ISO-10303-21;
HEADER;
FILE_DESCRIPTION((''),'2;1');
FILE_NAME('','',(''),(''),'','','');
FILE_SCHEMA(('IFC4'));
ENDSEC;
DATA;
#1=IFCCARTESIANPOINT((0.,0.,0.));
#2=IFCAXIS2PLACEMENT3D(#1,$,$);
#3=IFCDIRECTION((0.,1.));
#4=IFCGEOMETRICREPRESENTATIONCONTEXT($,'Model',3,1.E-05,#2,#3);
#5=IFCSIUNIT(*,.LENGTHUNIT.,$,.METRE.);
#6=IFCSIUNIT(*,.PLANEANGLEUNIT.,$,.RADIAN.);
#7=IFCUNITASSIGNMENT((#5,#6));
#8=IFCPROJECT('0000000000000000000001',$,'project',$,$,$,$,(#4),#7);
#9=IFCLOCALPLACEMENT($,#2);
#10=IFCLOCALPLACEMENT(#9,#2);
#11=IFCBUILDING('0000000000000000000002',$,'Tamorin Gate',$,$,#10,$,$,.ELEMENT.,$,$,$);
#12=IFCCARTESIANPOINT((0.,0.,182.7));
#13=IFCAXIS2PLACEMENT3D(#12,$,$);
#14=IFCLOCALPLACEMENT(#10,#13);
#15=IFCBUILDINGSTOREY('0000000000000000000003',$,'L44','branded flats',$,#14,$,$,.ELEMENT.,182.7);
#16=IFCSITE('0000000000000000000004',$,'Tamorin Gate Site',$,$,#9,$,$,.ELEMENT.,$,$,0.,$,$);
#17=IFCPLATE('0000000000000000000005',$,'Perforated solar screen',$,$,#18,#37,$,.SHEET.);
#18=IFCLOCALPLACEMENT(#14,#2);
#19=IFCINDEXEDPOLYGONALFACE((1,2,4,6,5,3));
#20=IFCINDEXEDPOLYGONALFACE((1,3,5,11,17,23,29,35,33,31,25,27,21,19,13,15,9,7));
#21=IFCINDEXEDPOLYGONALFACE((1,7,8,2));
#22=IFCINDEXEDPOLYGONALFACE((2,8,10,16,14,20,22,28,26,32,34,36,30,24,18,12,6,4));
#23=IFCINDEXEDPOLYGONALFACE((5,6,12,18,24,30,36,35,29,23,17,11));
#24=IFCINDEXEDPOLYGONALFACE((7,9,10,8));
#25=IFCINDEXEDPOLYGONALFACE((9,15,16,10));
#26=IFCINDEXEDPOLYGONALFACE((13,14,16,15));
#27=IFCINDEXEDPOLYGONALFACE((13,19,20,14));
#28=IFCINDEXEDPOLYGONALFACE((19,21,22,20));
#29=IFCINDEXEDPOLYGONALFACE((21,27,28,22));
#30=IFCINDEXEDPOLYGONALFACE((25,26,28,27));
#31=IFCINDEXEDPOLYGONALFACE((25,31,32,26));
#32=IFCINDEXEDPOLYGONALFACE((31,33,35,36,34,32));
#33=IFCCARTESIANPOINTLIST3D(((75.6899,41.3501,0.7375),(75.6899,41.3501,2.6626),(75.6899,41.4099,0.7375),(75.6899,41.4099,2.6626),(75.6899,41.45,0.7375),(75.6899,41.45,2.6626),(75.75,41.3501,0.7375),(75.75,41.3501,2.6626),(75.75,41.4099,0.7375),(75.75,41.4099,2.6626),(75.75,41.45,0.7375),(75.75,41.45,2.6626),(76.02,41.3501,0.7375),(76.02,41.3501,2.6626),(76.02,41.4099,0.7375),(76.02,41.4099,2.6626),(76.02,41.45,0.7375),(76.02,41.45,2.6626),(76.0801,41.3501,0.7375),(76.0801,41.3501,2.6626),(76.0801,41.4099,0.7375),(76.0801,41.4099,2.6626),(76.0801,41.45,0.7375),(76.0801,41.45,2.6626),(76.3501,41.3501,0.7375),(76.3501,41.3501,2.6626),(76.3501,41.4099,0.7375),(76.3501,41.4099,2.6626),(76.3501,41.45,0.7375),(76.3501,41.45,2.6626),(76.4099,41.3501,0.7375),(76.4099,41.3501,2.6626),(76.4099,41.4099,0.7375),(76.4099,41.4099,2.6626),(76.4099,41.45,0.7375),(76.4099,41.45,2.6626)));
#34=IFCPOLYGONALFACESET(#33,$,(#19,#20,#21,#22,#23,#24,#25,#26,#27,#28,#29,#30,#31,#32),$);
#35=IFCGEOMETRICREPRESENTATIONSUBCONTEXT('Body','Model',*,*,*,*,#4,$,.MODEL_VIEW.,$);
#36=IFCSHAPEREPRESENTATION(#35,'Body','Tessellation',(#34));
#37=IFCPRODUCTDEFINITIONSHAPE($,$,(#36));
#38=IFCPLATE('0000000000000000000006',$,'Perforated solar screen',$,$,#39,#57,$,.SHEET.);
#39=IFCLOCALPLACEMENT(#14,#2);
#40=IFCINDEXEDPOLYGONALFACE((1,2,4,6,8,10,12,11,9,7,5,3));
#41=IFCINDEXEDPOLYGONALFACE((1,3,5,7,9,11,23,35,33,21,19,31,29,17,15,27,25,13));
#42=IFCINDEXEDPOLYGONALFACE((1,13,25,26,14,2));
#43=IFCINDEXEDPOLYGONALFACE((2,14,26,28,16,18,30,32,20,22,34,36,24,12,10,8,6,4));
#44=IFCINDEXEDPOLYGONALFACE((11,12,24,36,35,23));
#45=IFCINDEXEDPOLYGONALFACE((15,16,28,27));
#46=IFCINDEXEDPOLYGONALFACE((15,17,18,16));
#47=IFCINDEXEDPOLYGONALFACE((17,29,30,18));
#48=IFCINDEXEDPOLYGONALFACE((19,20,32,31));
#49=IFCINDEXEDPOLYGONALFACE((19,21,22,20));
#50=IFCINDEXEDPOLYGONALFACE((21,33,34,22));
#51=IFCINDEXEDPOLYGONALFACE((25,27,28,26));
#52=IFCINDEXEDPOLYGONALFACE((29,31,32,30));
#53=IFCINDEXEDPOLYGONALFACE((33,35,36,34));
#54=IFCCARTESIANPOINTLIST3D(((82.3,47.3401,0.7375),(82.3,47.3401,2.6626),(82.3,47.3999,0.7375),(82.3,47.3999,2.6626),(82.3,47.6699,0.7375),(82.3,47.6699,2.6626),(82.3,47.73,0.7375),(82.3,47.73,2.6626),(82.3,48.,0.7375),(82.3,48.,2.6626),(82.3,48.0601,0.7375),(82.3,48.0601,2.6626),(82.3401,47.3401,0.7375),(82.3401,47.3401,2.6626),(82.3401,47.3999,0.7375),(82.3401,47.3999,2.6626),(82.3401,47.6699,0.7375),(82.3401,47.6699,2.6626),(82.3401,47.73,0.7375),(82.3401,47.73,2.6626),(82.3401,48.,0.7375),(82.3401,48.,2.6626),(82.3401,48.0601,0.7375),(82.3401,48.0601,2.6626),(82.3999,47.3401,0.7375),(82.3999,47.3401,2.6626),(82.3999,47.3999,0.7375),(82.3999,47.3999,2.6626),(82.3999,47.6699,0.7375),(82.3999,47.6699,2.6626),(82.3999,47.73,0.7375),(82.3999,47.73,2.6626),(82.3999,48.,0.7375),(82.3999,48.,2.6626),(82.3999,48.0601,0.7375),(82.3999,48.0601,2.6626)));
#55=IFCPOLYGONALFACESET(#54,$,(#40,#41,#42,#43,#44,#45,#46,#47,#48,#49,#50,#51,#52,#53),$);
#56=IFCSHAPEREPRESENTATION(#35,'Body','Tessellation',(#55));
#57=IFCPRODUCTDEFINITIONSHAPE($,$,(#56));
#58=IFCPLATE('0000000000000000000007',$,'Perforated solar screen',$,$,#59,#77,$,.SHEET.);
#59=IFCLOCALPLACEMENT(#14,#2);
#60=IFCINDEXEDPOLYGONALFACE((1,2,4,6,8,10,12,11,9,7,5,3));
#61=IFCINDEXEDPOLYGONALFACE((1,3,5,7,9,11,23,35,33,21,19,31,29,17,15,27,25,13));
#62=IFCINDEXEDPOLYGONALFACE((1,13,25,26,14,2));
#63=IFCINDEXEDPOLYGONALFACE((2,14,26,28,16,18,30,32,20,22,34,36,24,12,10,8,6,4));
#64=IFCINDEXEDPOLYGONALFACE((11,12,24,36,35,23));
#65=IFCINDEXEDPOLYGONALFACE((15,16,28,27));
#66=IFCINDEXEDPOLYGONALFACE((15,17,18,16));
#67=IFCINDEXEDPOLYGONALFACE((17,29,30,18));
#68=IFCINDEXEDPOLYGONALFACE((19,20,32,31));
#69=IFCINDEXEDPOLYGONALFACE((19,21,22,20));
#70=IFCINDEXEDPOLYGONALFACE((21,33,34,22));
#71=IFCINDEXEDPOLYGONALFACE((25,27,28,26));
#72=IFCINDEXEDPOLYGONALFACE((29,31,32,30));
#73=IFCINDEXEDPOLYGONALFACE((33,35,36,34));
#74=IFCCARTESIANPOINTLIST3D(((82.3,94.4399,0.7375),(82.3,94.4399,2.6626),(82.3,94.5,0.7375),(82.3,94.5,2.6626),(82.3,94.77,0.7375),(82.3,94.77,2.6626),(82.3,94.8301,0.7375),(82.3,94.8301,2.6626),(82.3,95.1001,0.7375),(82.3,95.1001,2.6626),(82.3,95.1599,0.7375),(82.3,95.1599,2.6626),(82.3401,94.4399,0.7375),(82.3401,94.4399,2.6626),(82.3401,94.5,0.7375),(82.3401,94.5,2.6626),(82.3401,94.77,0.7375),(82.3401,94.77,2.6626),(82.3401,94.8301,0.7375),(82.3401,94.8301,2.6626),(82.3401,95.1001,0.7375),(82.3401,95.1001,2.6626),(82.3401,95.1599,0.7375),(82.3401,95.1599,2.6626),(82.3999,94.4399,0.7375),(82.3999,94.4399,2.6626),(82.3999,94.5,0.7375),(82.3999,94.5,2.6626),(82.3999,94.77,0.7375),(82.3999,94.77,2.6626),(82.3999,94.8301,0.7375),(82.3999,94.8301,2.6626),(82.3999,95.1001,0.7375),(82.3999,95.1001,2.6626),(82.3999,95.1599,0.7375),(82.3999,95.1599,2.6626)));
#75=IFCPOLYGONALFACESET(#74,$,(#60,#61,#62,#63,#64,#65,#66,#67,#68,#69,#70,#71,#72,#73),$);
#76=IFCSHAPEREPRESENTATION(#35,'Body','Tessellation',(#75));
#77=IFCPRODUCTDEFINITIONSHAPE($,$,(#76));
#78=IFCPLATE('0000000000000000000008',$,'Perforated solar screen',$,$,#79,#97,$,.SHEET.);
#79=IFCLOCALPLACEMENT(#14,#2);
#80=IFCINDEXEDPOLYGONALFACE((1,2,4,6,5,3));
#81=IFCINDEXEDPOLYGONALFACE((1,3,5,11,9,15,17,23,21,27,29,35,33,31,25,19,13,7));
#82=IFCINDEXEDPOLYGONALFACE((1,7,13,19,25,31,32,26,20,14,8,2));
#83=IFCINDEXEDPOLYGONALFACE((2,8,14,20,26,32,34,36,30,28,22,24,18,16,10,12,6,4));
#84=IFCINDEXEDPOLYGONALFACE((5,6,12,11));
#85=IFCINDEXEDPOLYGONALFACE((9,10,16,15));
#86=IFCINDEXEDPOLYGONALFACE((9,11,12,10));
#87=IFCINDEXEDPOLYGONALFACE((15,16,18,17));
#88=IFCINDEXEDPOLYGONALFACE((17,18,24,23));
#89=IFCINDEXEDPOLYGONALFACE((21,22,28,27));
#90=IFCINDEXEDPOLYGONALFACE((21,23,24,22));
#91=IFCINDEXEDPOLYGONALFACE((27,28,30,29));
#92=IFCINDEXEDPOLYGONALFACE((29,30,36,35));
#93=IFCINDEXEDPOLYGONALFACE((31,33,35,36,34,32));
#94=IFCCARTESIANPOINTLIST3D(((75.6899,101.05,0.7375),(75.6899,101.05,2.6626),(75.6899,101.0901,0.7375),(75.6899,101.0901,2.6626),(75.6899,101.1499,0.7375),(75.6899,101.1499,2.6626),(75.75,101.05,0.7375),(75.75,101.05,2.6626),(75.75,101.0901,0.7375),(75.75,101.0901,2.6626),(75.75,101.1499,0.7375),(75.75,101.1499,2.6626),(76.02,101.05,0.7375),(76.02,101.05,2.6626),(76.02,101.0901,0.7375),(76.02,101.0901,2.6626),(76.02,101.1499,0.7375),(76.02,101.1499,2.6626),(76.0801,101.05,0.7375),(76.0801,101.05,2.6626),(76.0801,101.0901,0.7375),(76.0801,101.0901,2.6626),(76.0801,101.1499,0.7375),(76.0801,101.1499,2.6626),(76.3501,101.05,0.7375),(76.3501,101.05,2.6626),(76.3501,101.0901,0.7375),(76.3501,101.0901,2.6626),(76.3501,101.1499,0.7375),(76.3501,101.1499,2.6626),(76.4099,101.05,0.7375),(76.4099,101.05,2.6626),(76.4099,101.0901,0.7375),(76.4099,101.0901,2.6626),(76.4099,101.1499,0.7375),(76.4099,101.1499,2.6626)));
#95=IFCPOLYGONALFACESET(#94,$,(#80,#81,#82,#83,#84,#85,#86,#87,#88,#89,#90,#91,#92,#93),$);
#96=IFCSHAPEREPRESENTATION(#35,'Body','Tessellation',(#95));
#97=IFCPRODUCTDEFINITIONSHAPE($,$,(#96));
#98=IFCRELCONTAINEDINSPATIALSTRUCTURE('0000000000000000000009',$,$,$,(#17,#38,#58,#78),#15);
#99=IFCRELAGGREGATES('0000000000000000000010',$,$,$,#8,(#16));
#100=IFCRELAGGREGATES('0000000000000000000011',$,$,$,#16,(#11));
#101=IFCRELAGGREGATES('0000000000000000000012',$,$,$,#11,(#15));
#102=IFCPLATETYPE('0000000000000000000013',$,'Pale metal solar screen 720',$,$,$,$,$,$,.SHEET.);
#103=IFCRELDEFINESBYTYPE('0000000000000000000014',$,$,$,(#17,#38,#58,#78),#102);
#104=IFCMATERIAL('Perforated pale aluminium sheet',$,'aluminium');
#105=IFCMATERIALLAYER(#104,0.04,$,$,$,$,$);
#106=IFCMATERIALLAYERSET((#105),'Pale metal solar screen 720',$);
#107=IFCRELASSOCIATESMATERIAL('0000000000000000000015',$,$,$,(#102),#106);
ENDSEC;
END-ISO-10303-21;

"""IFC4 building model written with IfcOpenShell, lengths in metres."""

from ifc_helpers import new_model, si_unit, direction, frame, origin, place, context, subcontext, project, spatial, polyline, outline, extrude, material, layer, layer_set, type_object, element, save


model = new_model("IFC4")

# Units and contexts
model_context = context("Model", 3, precision=1e-05, world=origin(), true_north=direction((0.0, 1.0)))
body_context = subcontext(model_context, "Body", "Model", "MODEL_VIEW")
ifc_project = project(units=[si_unit("LENGTHUNIT", "METRE"), si_unit("PLANEANGLEUNIT", "RADIAN")], contexts=[model_context])

# Site, building, storey
site_placement = place(None, origin())
site = spatial("IfcSite", under=ifc_project, at=site_placement, Name="Tamorin Gate Site", CompositionType="ELEMENT", RefElevation=0.0)
building_placement = place(site_placement, origin())
building = spatial("IfcBuilding", under=site, at=building_placement, Name="Tamorin Gate", CompositionType="ELEMENT")
storey_placement = place(building_placement, frame((0.0, 0.0, 182.7)))
storey = spatial("IfcBuildingStorey", under=building, at=storey_placement, Name="L44", Description="branded flats", CompositionType="ELEMENT", Elevation=182.7)

# Plates
ifc_material_1 = material(Name="Perforated pale aluminium sheet", Category="aluminium")
ifc_layer_1 = layer(ifc_material_1, 0.04)
ifc_layer_set_1 = layer_set([ifc_layer_1], Name="Pale metal solar screen 720")
plate_type_1 = type_object("IfcPlateType", Name="Pale metal solar screen 720", PredefinedType="SHEET", material=ifc_layer_set_1)
plate_1_placement = place(storey_placement, frame((0.0, 0.0, 0.7375)))
element("IfcPlate", 1, at=plate_1_placement, inside=storey, type_object=plate_type_1, Name="Perforated solar screen", PredefinedType="SHEET", context=body_context, shape_type="SweptSolid", body=[
    extrude(outline(polyline([(75.6899, 41.4099), (75.6899, 41.45), (75.75, 41.45), (76.02, 41.45), (76.0801, 41.45), (76.3501, 41.45), (76.4099, 41.45), (76.4099, 41.4099), (76.4099, 41.3501), (76.3501, 41.3501), (76.3501, 41.4099), (76.0801, 41.4099), (76.0801, 41.3501), (76.02, 41.3501), (76.02, 41.4099), (75.75, 41.4099), (75.75, 41.3501), (75.6899, 41.3501), (75.6899, 41.4099)])), origin(), (0.0, 0.0, 1.0), 1.925),
])
plate_2_placement = place(storey_placement, frame((0.0, 0.0, 0.7375)))
element("IfcPlate", 2, at=plate_2_placement, inside=storey, type_object=plate_type_1, Name="Perforated solar screen", PredefinedType="SHEET", context=body_context, shape_type="SweptSolid", body=[
    extrude(outline(polyline([(82.3401, 47.3401), (82.3, 47.3401), (82.3, 47.3999), (82.3, 47.6699), (82.3, 47.73), (82.3, 48.0), (82.3, 48.0601), (82.3401, 48.0601), (82.3999, 48.0601), (82.3999, 48.0), (82.3401, 48.0), (82.3401, 47.73), (82.3999, 47.73), (82.3999, 47.6699), (82.3401, 47.6699), (82.3401, 47.3999), (82.3999, 47.3999), (82.3999, 47.3401), (82.3401, 47.3401)])), origin(), (0.0, 0.0, 1.0), 1.925),
])
plate_3_placement = place(storey_placement, frame((0.0, 0.0, 0.7375)))
element("IfcPlate", 3, at=plate_3_placement, inside=storey, type_object=plate_type_1, Name="Perforated solar screen", PredefinedType="SHEET", context=body_context, shape_type="SweptSolid", body=[
    extrude(outline(polyline([(82.3401, 94.4399), (82.3, 94.4399), (82.3, 94.5), (82.3, 94.77), (82.3, 94.8301), (82.3, 95.1001), (82.3, 95.1599), (82.3401, 95.1599), (82.3999, 95.1599), (82.3999, 95.1001), (82.3401, 95.1001), (82.3401, 94.8301), (82.3999, 94.8301), (82.3999, 94.77), (82.3401, 94.77), (82.3401, 94.5), (82.3999, 94.5), (82.3999, 94.4399), (82.3401, 94.4399)])), origin(), (0.0, 0.0, 1.0), 1.925),
])
plate_4_placement = place(storey_placement, frame((0.0, 0.0, 0.7375)))
element("IfcPlate", 4, at=plate_4_placement, inside=storey, type_object=plate_type_1, Name="Perforated solar screen", PredefinedType="SHEET", context=body_context, shape_type="SweptSolid", body=[
    extrude(outline(polyline([(76.4099, 101.0901), (76.4099, 101.05), (76.3501, 101.05), (76.0801, 101.05), (76.02, 101.05), (75.75, 101.05), (75.6899, 101.05), (75.6899, 101.0901), (75.6899, 101.1499), (75.75, 101.1499), (75.75, 101.0901), (76.02, 101.0901), (76.02, 101.1499), (76.0801, 101.1499), (76.0801, 101.0901), (76.3501, 101.0901), (76.3501, 101.1499), (76.4099, 101.1499), (76.4099, 101.0901)])), origin(), (0.0, 0.0, 1.0), 1.925),
])

save(model, "model.ifc")
